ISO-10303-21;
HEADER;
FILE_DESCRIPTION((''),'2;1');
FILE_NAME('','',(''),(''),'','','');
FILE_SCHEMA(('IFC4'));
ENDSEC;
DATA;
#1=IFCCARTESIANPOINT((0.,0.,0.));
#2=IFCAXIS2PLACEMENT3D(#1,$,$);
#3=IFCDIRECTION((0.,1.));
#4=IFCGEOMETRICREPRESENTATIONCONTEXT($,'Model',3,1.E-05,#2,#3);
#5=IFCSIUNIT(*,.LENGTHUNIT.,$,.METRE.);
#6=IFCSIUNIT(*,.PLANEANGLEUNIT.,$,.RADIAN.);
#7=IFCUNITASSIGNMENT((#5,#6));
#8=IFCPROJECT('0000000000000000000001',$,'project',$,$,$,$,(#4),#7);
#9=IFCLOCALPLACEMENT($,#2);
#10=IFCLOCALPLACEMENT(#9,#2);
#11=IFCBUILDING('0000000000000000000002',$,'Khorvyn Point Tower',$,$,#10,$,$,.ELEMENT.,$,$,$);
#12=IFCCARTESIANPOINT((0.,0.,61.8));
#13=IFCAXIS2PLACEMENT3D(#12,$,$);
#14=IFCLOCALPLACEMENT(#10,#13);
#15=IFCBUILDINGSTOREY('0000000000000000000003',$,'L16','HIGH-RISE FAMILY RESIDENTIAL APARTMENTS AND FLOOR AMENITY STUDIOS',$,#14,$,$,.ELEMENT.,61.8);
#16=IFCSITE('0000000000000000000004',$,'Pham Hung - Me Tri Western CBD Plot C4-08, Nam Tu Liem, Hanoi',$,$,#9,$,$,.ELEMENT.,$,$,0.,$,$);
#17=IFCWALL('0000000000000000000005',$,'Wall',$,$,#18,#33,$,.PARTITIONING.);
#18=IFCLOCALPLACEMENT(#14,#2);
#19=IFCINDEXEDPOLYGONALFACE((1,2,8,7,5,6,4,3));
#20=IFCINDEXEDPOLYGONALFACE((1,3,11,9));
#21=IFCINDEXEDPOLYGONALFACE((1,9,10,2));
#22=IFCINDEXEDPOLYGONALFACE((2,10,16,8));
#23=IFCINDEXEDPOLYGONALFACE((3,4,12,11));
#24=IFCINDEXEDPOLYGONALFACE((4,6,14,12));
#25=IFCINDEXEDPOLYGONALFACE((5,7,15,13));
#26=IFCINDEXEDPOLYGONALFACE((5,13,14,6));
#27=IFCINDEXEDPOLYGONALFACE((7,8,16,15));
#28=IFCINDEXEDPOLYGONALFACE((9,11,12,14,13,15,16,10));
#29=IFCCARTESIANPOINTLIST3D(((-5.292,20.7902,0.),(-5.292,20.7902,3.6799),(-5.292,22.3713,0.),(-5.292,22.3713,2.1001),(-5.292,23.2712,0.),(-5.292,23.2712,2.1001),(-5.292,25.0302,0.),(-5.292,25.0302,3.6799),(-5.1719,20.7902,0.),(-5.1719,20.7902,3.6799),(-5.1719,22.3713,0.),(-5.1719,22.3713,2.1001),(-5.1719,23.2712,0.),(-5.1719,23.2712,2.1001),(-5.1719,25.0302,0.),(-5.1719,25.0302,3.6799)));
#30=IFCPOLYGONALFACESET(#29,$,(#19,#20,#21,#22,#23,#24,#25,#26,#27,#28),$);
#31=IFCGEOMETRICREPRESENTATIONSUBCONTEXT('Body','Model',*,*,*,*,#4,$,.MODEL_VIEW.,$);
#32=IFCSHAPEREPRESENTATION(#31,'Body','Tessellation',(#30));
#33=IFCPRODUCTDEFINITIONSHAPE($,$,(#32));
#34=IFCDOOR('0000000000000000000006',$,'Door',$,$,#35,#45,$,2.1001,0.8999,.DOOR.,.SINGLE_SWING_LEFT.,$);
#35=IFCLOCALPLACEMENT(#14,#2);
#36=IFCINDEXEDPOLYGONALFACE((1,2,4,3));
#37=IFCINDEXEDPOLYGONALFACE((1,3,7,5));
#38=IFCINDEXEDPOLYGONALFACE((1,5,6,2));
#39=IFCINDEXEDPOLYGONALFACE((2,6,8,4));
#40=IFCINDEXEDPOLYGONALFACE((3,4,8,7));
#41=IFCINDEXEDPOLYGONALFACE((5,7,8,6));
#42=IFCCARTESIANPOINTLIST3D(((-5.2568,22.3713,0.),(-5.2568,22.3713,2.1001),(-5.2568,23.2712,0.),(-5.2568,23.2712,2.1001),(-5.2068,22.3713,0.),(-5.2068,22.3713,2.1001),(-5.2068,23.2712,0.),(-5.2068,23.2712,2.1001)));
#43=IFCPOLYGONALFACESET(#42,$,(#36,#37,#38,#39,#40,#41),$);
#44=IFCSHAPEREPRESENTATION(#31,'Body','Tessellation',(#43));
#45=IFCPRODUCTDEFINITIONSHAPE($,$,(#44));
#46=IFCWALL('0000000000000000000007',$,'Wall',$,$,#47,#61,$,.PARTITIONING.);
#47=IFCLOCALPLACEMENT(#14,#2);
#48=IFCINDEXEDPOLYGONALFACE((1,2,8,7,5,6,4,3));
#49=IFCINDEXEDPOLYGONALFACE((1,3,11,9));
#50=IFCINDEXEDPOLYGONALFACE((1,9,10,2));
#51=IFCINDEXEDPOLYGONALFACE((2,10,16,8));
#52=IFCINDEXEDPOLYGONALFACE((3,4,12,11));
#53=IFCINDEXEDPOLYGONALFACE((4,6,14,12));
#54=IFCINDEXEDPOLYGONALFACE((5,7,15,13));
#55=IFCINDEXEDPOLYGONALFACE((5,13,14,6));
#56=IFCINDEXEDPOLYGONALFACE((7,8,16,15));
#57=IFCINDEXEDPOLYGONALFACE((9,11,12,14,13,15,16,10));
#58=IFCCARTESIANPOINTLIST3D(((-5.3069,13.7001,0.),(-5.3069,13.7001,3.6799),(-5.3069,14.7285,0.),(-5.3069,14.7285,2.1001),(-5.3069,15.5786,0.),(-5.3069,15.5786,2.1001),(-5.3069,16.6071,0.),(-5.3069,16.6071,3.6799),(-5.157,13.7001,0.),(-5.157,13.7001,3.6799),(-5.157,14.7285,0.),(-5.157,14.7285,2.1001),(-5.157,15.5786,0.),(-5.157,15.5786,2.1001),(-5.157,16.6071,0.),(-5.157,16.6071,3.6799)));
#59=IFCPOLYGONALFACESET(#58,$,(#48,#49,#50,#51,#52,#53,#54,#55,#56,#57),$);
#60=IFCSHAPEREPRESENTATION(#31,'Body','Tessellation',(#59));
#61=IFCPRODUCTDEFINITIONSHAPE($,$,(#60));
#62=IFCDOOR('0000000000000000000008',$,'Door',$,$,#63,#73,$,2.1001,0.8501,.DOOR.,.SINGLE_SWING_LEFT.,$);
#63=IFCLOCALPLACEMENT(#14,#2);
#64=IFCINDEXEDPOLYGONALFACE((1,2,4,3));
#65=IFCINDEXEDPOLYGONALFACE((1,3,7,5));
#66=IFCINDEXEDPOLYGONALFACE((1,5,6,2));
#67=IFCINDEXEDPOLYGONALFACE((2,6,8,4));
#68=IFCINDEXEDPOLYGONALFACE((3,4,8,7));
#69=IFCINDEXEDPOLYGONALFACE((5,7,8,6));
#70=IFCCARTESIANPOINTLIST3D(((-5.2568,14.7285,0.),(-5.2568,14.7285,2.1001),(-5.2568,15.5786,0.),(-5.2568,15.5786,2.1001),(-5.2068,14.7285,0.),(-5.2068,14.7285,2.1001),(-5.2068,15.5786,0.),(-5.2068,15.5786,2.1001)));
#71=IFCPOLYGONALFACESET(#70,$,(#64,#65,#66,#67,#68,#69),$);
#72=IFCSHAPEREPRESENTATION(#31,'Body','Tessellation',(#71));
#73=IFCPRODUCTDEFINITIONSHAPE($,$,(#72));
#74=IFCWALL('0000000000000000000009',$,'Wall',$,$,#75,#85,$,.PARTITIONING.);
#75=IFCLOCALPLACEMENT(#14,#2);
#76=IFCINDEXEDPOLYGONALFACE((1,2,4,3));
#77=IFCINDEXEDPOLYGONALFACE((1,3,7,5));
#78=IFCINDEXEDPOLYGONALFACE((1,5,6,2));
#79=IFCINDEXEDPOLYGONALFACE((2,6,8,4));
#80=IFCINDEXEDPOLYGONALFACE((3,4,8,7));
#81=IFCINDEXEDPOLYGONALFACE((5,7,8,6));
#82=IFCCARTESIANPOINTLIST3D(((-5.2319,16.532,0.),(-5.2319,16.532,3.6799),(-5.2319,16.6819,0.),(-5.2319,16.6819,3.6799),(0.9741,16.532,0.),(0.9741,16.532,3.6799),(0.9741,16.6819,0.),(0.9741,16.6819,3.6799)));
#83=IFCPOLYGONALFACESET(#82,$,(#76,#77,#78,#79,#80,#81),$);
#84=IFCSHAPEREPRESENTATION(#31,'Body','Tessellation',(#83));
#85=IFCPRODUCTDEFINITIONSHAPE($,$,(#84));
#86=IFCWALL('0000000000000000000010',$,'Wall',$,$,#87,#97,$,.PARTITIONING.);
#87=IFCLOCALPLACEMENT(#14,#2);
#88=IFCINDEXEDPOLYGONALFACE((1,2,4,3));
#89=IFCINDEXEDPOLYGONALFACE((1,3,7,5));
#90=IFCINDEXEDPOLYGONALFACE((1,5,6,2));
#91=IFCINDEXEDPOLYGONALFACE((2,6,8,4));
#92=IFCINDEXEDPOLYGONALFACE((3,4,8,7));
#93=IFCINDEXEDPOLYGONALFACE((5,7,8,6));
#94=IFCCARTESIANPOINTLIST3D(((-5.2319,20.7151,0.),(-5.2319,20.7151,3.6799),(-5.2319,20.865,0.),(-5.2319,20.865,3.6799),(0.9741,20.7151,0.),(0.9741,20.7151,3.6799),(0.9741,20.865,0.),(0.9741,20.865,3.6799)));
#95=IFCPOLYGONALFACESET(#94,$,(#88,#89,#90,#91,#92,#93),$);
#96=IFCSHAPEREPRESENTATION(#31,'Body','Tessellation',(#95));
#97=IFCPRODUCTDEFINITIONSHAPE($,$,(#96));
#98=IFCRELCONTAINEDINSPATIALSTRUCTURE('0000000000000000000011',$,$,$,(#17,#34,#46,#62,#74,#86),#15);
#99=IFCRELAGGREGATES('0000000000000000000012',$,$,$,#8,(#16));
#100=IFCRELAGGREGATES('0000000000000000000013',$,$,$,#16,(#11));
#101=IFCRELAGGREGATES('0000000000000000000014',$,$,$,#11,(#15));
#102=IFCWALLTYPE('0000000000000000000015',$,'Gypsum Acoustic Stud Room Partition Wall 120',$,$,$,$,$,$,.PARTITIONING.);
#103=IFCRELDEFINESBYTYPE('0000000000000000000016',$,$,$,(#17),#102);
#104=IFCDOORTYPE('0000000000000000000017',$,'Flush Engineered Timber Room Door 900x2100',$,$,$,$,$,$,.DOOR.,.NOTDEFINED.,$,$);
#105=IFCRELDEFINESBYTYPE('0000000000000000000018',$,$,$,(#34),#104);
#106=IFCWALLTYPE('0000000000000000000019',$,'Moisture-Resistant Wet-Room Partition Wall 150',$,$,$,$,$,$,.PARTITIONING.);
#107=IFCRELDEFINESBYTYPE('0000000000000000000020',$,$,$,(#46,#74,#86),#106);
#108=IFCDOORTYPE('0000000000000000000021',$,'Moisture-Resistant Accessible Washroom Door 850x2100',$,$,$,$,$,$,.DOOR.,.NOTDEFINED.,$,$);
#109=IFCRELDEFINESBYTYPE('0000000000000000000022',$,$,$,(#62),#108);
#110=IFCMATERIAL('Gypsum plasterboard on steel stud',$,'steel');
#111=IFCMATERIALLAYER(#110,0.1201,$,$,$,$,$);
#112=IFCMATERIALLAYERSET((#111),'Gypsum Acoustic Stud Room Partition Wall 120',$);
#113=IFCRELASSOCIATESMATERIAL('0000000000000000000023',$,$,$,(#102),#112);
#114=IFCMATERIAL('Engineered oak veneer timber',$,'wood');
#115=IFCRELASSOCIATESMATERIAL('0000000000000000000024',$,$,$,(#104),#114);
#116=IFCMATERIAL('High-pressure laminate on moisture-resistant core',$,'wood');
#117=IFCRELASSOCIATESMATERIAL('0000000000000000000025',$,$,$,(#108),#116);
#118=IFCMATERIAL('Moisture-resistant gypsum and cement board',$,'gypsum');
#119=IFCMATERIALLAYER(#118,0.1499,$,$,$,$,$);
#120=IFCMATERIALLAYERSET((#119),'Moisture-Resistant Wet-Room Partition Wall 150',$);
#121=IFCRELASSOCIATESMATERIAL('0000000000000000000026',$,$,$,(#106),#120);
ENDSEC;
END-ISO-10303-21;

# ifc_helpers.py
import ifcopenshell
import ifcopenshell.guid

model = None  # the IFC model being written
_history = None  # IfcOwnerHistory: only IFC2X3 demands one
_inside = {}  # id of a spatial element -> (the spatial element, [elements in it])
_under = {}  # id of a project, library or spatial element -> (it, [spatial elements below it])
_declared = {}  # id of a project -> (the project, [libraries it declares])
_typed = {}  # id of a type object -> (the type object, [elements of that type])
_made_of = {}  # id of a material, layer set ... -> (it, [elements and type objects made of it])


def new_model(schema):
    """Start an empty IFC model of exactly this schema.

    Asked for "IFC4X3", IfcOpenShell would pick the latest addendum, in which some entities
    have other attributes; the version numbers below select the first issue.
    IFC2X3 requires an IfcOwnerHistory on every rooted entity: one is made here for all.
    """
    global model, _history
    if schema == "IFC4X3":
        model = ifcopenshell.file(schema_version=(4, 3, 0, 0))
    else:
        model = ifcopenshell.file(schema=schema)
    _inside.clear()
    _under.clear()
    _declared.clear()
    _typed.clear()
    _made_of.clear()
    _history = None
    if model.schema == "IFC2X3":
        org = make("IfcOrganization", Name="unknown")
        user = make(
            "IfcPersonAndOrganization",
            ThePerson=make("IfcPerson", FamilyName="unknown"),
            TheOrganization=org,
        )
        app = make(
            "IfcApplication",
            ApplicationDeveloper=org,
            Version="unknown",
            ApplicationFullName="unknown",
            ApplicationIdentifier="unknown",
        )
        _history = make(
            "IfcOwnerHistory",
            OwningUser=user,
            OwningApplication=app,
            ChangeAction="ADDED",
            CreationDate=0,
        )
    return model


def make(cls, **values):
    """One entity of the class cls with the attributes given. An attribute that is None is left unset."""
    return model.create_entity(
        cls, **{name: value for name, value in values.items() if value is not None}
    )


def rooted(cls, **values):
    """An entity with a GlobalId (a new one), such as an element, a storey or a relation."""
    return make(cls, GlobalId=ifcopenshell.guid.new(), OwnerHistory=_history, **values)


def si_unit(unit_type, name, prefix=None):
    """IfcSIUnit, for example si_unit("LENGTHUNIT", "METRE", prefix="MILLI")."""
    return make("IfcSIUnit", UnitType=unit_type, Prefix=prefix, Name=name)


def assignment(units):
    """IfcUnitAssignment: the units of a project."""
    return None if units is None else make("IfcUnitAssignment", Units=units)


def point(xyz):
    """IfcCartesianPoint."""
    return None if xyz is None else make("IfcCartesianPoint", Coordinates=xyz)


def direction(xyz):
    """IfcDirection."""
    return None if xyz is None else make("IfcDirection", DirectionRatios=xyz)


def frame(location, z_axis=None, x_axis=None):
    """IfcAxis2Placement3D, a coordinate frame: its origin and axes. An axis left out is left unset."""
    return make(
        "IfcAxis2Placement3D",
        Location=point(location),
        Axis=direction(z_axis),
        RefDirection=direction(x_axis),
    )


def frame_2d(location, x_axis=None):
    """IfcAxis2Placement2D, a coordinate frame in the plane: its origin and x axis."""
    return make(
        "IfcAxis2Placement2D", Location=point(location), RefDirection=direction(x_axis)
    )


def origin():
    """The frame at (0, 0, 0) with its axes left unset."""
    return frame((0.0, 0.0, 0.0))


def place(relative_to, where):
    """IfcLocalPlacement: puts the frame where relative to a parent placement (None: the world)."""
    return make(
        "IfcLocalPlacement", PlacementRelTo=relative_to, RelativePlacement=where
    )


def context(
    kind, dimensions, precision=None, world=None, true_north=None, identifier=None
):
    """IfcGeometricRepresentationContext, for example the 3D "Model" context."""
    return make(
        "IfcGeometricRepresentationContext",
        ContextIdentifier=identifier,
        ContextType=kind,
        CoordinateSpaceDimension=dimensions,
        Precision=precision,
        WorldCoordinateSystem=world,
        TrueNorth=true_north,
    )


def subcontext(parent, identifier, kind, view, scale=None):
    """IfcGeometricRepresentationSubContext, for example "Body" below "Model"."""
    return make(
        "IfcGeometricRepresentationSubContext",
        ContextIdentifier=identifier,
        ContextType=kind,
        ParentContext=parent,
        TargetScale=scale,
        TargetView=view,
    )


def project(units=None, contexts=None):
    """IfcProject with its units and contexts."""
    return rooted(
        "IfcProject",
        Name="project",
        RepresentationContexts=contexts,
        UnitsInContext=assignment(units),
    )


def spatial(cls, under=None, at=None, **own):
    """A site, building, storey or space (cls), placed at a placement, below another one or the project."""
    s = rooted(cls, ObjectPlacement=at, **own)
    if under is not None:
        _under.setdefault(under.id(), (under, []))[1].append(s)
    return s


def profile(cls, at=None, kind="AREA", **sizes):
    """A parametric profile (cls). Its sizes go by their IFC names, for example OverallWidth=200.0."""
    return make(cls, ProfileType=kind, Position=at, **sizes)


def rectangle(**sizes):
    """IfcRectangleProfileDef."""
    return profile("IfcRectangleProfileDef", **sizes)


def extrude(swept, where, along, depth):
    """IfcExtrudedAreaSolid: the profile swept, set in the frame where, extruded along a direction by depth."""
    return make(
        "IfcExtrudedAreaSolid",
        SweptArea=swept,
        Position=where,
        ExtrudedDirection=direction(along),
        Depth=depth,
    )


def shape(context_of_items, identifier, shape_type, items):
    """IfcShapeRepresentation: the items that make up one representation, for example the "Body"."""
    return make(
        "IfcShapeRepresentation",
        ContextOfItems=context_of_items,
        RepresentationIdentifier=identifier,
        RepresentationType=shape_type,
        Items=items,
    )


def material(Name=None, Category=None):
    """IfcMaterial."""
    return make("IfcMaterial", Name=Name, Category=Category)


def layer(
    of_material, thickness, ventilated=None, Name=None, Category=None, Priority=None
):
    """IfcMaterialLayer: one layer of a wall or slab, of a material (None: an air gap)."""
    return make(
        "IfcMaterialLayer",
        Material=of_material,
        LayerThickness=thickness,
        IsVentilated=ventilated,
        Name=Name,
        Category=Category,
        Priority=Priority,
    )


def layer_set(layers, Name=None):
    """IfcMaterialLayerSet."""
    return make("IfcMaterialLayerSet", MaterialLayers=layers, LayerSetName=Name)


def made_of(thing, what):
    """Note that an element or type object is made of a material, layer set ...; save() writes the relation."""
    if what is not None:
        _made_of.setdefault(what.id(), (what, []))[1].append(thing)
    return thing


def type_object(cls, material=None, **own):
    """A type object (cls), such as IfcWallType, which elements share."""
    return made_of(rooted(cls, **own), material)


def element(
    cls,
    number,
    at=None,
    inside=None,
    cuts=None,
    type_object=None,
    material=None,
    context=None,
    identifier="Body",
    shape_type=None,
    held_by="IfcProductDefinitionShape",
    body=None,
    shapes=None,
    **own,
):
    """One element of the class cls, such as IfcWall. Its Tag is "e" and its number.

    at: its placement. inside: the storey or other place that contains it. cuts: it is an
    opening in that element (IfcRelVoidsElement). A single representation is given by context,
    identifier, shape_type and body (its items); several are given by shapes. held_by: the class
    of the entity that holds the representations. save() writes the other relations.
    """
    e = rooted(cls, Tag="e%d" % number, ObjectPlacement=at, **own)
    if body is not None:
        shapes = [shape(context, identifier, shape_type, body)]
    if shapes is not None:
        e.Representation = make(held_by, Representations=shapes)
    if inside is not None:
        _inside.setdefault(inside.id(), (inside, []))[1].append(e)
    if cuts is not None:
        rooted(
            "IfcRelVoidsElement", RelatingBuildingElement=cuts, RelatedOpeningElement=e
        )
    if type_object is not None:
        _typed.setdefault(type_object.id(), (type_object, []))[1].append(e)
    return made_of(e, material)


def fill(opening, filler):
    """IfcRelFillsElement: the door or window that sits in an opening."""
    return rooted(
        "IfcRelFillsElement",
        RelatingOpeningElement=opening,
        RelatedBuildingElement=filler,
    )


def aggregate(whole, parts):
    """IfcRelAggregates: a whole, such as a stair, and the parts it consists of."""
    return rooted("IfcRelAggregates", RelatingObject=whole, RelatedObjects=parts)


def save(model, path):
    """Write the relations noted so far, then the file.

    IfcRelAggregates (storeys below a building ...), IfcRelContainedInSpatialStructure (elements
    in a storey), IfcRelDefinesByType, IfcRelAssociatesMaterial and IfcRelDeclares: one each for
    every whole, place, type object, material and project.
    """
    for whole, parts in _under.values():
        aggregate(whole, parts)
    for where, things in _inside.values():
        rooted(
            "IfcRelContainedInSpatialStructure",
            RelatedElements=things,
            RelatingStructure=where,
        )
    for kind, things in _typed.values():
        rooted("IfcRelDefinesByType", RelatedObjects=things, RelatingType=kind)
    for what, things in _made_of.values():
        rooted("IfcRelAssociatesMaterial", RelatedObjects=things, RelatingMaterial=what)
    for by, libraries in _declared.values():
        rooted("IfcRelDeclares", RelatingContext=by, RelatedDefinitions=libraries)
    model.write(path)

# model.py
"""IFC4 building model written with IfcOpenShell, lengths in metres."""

from ifc_helpers import new_model, si_unit, direction, frame, frame_2d, origin, place, context, subcontext, project, spatial, rectangle, extrude, material, layer, layer_set, type_object, element, fill, save


model = new_model("IFC4")

# Units and contexts
model_context = context("Model", 3, precision=1e-05, world=origin(), true_north=direction((0.0, 1.0)))
body_context = subcontext(model_context, "Body", "Model", "MODEL_VIEW")
ifc_project = project(units=[si_unit("LENGTHUNIT", "METRE"), si_unit("PLANEANGLEUNIT", "RADIAN")], contexts=[model_context])

# Site, building, storey
site_placement = place(None, origin())
site = spatial("IfcSite", under=ifc_project, at=site_placement, Name="Pham Hung - Me Tri Western CBD Plot C4-08, Nam Tu Liem, Hanoi", CompositionType="ELEMENT", RefElevation=0.0)
building_placement = place(site_placement, origin())
building = spatial("IfcBuilding", under=site, at=building_placement, Name="Khorvyn Point Tower", CompositionType="ELEMENT")
storey_placement = place(building_placement, frame((0.0, 0.0, 61.8)))
storey = spatial("IfcBuildingStorey", under=building, at=storey_placement, Name="L16", Description="HIGH-RISE FAMILY RESIDENTIAL APARTMENTS AND FLOOR AMENITY STUDIOS", CompositionType="ELEMENT", Elevation=61.8)

# Walls, openings, doors
ifc_material_1 = material(Name="Gypsum plasterboard on steel stud", Category="steel")
ifc_layer_1 = layer(ifc_material_1, 0.1201)
ifc_layer_set_1 = layer_set([ifc_layer_1], Name="Gypsum Acoustic Stud Room Partition Wall 120")
wall_type_1 = type_object("IfcWallType", Name="Gypsum Acoustic Stud Room Partition Wall 120", PredefinedType="PARTITIONING", material=ifc_layer_set_1)
ifc_material_2 = material(Name="Engineered oak veneer timber", Category="wood")
door_type_1 = type_object("IfcDoorType", Name="Flush Engineered Timber Room Door 900x2100", OperationType="NOTDEFINED", PredefinedType="DOOR", material=ifc_material_2)
ifc_material_3 = material(Name="High-pressure laminate on moisture-resistant core", Category="wood")
door_type_2 = type_object("IfcDoorType", Name="Moisture-Resistant Accessible Washroom Door 850x2100", OperationType="NOTDEFINED", PredefinedType="DOOR", material=ifc_material_3)
wall_1_placement = place(storey_placement, frame((-5.2319, 20.79, 0.0), z_axis=(0.0, 0.0, 1.0), x_axis=(0.0, 1.0, 0.0)))
wall_1 = element("IfcWall", 1, at=wall_1_placement, inside=storey, type_object=wall_type_1, Name="Wall", PredefinedType="PARTITIONING", context=body_context, shape_type="SweptSolid", body=[
    extrude(rectangle(XDim=4.24, YDim=0.1201, at=frame_2d((2.1201, 0.0))), origin(), (0.0, 0.0, 1.0), 3.6799),
])
opening_1_placement = place(wall_1_placement, frame((1.5813, 0.0, 0.0)))
opening_1 = element("IfcOpeningElement", 2, at=opening_1_placement, cuts=wall_1, PredefinedType="OPENING", context=body_context, shape_type="SweptSolid", body=[
    extrude(rectangle(XDim=0.8999, YDim=2.1001, at=frame_2d((0.45, 1.05))), frame((0.0, 0.0701, 0.0), z_axis=(0.0, -1.0, 0.0), x_axis=(1.0, 0.0, 0.0)), (0.0, 0.0, 1.0), 0.1401),
])
door_1_placement = place(opening_1_placement, origin())
door_1 = element("IfcDoor", 3, at=door_1_placement, inside=storey, type_object=door_type_1, Name="Door", OperationType="SINGLE_SWING_LEFT", OverallHeight=2.1001, OverallWidth=0.8999, PredefinedType="DOOR", context=body_context, shape_type="SweptSolid", body=[
    extrude(rectangle(XDim=0.8999, YDim=2.1001, at=frame_2d((0.45, 1.05))), frame((0.0, 0.0249, 0.0), z_axis=(0.0, -1.0, 0.0), x_axis=(1.0, 0.0, 0.0)), (0.0, 0.0, 1.0), 0.05),
])
fill(opening_1, door_1)
ifc_material_4 = material(Name="Moisture-resistant gypsum and cement board", Category="gypsum")
ifc_layer_2 = layer(ifc_material_4, 0.1499)
ifc_layer_set_2 = layer_set([ifc_layer_2], Name="Moisture-Resistant Wet-Room Partition Wall 150")
wall_type_2 = type_object("IfcWallType", Name="Moisture-Resistant Wet-Room Partition Wall 150", PredefinedType="PARTITIONING", material=ifc_layer_set_2)
wall_2_placement = place(storey_placement, frame((-5.2319, 13.7, 0.0), z_axis=(0.0, 0.0, 1.0), x_axis=(0.0, 1.0, 0.0)))
wall_2 = element("IfcWall", 4, at=wall_2_placement, inside=storey, type_object=wall_type_2, Name="Wall", PredefinedType="PARTITIONING", context=body_context, shape_type="SweptSolid", body=[
    extrude(rectangle(XDim=2.907, YDim=0.1499, at=frame_2d((1.4536, 0.0))), origin(), (0.0, 0.0, 1.0), 3.6799),
])
opening_2_placement = place(wall_2_placement, frame((1.0286, 0.0, 0.0)))
opening_2 = element("IfcOpeningElement", 5, at=opening_2_placement, cuts=wall_2, PredefinedType="OPENING", context=body_context, shape_type="SweptSolid", body=[
    extrude(rectangle(XDim=0.8501, YDim=2.1001, at=frame_2d((0.425, 1.05))), frame((0.0, 0.085, 0.0), z_axis=(0.0, -1.0, 0.0), x_axis=(1.0, 0.0, 0.0)), (0.0, 0.0, 1.0), 0.1699),
])
door_2_placement = place(opening_2_placement, origin())
door_2 = element("IfcDoor", 6, at=door_2_placement, inside=storey, type_object=door_type_2, Name="Door", OperationType="SINGLE_SWING_LEFT", OverallHeight=2.1001, OverallWidth=0.8501, PredefinedType="DOOR", context=body_context, shape_type="SweptSolid", body=[
    extrude(rectangle(XDim=0.8501, YDim=2.1001, at=frame_2d((0.425, 1.05))), frame((0.0, 0.0249, 0.0), z_axis=(0.0, -1.0, 0.0), x_axis=(1.0, 0.0, 0.0)), (0.0, 0.0, 1.0), 0.05),
])
fill(opening_2, door_2)

# Walls
for number, where, z_axis, x_axis, name in (
    (7, (-5.2319, 16.6069, 0.0), (0.0, 0.0, 1.0), (1.0, 0.0, 0.0), "Wall"),
    (8, (-5.2319, 20.79, 0.0), (0.0, 0.0, 1.0), (1.0, 0.0, 0.0), "Wall"),
):
    element("IfcWall", number, at=place(storey_placement, frame(where, z_axis=z_axis, x_axis=x_axis)), inside=storey, type_object=wall_type_2, Name=name, PredefinedType="PARTITIONING", context=body_context, shape_type="SweptSolid", body=[
        extrude(rectangle(XDim=6.2061, YDim=0.1499, at=frame_2d((3.103, 0.0))), origin(), (0.0, 0.0, 1.0), 3.6799),
    ])

save(model, "model.ifc")
